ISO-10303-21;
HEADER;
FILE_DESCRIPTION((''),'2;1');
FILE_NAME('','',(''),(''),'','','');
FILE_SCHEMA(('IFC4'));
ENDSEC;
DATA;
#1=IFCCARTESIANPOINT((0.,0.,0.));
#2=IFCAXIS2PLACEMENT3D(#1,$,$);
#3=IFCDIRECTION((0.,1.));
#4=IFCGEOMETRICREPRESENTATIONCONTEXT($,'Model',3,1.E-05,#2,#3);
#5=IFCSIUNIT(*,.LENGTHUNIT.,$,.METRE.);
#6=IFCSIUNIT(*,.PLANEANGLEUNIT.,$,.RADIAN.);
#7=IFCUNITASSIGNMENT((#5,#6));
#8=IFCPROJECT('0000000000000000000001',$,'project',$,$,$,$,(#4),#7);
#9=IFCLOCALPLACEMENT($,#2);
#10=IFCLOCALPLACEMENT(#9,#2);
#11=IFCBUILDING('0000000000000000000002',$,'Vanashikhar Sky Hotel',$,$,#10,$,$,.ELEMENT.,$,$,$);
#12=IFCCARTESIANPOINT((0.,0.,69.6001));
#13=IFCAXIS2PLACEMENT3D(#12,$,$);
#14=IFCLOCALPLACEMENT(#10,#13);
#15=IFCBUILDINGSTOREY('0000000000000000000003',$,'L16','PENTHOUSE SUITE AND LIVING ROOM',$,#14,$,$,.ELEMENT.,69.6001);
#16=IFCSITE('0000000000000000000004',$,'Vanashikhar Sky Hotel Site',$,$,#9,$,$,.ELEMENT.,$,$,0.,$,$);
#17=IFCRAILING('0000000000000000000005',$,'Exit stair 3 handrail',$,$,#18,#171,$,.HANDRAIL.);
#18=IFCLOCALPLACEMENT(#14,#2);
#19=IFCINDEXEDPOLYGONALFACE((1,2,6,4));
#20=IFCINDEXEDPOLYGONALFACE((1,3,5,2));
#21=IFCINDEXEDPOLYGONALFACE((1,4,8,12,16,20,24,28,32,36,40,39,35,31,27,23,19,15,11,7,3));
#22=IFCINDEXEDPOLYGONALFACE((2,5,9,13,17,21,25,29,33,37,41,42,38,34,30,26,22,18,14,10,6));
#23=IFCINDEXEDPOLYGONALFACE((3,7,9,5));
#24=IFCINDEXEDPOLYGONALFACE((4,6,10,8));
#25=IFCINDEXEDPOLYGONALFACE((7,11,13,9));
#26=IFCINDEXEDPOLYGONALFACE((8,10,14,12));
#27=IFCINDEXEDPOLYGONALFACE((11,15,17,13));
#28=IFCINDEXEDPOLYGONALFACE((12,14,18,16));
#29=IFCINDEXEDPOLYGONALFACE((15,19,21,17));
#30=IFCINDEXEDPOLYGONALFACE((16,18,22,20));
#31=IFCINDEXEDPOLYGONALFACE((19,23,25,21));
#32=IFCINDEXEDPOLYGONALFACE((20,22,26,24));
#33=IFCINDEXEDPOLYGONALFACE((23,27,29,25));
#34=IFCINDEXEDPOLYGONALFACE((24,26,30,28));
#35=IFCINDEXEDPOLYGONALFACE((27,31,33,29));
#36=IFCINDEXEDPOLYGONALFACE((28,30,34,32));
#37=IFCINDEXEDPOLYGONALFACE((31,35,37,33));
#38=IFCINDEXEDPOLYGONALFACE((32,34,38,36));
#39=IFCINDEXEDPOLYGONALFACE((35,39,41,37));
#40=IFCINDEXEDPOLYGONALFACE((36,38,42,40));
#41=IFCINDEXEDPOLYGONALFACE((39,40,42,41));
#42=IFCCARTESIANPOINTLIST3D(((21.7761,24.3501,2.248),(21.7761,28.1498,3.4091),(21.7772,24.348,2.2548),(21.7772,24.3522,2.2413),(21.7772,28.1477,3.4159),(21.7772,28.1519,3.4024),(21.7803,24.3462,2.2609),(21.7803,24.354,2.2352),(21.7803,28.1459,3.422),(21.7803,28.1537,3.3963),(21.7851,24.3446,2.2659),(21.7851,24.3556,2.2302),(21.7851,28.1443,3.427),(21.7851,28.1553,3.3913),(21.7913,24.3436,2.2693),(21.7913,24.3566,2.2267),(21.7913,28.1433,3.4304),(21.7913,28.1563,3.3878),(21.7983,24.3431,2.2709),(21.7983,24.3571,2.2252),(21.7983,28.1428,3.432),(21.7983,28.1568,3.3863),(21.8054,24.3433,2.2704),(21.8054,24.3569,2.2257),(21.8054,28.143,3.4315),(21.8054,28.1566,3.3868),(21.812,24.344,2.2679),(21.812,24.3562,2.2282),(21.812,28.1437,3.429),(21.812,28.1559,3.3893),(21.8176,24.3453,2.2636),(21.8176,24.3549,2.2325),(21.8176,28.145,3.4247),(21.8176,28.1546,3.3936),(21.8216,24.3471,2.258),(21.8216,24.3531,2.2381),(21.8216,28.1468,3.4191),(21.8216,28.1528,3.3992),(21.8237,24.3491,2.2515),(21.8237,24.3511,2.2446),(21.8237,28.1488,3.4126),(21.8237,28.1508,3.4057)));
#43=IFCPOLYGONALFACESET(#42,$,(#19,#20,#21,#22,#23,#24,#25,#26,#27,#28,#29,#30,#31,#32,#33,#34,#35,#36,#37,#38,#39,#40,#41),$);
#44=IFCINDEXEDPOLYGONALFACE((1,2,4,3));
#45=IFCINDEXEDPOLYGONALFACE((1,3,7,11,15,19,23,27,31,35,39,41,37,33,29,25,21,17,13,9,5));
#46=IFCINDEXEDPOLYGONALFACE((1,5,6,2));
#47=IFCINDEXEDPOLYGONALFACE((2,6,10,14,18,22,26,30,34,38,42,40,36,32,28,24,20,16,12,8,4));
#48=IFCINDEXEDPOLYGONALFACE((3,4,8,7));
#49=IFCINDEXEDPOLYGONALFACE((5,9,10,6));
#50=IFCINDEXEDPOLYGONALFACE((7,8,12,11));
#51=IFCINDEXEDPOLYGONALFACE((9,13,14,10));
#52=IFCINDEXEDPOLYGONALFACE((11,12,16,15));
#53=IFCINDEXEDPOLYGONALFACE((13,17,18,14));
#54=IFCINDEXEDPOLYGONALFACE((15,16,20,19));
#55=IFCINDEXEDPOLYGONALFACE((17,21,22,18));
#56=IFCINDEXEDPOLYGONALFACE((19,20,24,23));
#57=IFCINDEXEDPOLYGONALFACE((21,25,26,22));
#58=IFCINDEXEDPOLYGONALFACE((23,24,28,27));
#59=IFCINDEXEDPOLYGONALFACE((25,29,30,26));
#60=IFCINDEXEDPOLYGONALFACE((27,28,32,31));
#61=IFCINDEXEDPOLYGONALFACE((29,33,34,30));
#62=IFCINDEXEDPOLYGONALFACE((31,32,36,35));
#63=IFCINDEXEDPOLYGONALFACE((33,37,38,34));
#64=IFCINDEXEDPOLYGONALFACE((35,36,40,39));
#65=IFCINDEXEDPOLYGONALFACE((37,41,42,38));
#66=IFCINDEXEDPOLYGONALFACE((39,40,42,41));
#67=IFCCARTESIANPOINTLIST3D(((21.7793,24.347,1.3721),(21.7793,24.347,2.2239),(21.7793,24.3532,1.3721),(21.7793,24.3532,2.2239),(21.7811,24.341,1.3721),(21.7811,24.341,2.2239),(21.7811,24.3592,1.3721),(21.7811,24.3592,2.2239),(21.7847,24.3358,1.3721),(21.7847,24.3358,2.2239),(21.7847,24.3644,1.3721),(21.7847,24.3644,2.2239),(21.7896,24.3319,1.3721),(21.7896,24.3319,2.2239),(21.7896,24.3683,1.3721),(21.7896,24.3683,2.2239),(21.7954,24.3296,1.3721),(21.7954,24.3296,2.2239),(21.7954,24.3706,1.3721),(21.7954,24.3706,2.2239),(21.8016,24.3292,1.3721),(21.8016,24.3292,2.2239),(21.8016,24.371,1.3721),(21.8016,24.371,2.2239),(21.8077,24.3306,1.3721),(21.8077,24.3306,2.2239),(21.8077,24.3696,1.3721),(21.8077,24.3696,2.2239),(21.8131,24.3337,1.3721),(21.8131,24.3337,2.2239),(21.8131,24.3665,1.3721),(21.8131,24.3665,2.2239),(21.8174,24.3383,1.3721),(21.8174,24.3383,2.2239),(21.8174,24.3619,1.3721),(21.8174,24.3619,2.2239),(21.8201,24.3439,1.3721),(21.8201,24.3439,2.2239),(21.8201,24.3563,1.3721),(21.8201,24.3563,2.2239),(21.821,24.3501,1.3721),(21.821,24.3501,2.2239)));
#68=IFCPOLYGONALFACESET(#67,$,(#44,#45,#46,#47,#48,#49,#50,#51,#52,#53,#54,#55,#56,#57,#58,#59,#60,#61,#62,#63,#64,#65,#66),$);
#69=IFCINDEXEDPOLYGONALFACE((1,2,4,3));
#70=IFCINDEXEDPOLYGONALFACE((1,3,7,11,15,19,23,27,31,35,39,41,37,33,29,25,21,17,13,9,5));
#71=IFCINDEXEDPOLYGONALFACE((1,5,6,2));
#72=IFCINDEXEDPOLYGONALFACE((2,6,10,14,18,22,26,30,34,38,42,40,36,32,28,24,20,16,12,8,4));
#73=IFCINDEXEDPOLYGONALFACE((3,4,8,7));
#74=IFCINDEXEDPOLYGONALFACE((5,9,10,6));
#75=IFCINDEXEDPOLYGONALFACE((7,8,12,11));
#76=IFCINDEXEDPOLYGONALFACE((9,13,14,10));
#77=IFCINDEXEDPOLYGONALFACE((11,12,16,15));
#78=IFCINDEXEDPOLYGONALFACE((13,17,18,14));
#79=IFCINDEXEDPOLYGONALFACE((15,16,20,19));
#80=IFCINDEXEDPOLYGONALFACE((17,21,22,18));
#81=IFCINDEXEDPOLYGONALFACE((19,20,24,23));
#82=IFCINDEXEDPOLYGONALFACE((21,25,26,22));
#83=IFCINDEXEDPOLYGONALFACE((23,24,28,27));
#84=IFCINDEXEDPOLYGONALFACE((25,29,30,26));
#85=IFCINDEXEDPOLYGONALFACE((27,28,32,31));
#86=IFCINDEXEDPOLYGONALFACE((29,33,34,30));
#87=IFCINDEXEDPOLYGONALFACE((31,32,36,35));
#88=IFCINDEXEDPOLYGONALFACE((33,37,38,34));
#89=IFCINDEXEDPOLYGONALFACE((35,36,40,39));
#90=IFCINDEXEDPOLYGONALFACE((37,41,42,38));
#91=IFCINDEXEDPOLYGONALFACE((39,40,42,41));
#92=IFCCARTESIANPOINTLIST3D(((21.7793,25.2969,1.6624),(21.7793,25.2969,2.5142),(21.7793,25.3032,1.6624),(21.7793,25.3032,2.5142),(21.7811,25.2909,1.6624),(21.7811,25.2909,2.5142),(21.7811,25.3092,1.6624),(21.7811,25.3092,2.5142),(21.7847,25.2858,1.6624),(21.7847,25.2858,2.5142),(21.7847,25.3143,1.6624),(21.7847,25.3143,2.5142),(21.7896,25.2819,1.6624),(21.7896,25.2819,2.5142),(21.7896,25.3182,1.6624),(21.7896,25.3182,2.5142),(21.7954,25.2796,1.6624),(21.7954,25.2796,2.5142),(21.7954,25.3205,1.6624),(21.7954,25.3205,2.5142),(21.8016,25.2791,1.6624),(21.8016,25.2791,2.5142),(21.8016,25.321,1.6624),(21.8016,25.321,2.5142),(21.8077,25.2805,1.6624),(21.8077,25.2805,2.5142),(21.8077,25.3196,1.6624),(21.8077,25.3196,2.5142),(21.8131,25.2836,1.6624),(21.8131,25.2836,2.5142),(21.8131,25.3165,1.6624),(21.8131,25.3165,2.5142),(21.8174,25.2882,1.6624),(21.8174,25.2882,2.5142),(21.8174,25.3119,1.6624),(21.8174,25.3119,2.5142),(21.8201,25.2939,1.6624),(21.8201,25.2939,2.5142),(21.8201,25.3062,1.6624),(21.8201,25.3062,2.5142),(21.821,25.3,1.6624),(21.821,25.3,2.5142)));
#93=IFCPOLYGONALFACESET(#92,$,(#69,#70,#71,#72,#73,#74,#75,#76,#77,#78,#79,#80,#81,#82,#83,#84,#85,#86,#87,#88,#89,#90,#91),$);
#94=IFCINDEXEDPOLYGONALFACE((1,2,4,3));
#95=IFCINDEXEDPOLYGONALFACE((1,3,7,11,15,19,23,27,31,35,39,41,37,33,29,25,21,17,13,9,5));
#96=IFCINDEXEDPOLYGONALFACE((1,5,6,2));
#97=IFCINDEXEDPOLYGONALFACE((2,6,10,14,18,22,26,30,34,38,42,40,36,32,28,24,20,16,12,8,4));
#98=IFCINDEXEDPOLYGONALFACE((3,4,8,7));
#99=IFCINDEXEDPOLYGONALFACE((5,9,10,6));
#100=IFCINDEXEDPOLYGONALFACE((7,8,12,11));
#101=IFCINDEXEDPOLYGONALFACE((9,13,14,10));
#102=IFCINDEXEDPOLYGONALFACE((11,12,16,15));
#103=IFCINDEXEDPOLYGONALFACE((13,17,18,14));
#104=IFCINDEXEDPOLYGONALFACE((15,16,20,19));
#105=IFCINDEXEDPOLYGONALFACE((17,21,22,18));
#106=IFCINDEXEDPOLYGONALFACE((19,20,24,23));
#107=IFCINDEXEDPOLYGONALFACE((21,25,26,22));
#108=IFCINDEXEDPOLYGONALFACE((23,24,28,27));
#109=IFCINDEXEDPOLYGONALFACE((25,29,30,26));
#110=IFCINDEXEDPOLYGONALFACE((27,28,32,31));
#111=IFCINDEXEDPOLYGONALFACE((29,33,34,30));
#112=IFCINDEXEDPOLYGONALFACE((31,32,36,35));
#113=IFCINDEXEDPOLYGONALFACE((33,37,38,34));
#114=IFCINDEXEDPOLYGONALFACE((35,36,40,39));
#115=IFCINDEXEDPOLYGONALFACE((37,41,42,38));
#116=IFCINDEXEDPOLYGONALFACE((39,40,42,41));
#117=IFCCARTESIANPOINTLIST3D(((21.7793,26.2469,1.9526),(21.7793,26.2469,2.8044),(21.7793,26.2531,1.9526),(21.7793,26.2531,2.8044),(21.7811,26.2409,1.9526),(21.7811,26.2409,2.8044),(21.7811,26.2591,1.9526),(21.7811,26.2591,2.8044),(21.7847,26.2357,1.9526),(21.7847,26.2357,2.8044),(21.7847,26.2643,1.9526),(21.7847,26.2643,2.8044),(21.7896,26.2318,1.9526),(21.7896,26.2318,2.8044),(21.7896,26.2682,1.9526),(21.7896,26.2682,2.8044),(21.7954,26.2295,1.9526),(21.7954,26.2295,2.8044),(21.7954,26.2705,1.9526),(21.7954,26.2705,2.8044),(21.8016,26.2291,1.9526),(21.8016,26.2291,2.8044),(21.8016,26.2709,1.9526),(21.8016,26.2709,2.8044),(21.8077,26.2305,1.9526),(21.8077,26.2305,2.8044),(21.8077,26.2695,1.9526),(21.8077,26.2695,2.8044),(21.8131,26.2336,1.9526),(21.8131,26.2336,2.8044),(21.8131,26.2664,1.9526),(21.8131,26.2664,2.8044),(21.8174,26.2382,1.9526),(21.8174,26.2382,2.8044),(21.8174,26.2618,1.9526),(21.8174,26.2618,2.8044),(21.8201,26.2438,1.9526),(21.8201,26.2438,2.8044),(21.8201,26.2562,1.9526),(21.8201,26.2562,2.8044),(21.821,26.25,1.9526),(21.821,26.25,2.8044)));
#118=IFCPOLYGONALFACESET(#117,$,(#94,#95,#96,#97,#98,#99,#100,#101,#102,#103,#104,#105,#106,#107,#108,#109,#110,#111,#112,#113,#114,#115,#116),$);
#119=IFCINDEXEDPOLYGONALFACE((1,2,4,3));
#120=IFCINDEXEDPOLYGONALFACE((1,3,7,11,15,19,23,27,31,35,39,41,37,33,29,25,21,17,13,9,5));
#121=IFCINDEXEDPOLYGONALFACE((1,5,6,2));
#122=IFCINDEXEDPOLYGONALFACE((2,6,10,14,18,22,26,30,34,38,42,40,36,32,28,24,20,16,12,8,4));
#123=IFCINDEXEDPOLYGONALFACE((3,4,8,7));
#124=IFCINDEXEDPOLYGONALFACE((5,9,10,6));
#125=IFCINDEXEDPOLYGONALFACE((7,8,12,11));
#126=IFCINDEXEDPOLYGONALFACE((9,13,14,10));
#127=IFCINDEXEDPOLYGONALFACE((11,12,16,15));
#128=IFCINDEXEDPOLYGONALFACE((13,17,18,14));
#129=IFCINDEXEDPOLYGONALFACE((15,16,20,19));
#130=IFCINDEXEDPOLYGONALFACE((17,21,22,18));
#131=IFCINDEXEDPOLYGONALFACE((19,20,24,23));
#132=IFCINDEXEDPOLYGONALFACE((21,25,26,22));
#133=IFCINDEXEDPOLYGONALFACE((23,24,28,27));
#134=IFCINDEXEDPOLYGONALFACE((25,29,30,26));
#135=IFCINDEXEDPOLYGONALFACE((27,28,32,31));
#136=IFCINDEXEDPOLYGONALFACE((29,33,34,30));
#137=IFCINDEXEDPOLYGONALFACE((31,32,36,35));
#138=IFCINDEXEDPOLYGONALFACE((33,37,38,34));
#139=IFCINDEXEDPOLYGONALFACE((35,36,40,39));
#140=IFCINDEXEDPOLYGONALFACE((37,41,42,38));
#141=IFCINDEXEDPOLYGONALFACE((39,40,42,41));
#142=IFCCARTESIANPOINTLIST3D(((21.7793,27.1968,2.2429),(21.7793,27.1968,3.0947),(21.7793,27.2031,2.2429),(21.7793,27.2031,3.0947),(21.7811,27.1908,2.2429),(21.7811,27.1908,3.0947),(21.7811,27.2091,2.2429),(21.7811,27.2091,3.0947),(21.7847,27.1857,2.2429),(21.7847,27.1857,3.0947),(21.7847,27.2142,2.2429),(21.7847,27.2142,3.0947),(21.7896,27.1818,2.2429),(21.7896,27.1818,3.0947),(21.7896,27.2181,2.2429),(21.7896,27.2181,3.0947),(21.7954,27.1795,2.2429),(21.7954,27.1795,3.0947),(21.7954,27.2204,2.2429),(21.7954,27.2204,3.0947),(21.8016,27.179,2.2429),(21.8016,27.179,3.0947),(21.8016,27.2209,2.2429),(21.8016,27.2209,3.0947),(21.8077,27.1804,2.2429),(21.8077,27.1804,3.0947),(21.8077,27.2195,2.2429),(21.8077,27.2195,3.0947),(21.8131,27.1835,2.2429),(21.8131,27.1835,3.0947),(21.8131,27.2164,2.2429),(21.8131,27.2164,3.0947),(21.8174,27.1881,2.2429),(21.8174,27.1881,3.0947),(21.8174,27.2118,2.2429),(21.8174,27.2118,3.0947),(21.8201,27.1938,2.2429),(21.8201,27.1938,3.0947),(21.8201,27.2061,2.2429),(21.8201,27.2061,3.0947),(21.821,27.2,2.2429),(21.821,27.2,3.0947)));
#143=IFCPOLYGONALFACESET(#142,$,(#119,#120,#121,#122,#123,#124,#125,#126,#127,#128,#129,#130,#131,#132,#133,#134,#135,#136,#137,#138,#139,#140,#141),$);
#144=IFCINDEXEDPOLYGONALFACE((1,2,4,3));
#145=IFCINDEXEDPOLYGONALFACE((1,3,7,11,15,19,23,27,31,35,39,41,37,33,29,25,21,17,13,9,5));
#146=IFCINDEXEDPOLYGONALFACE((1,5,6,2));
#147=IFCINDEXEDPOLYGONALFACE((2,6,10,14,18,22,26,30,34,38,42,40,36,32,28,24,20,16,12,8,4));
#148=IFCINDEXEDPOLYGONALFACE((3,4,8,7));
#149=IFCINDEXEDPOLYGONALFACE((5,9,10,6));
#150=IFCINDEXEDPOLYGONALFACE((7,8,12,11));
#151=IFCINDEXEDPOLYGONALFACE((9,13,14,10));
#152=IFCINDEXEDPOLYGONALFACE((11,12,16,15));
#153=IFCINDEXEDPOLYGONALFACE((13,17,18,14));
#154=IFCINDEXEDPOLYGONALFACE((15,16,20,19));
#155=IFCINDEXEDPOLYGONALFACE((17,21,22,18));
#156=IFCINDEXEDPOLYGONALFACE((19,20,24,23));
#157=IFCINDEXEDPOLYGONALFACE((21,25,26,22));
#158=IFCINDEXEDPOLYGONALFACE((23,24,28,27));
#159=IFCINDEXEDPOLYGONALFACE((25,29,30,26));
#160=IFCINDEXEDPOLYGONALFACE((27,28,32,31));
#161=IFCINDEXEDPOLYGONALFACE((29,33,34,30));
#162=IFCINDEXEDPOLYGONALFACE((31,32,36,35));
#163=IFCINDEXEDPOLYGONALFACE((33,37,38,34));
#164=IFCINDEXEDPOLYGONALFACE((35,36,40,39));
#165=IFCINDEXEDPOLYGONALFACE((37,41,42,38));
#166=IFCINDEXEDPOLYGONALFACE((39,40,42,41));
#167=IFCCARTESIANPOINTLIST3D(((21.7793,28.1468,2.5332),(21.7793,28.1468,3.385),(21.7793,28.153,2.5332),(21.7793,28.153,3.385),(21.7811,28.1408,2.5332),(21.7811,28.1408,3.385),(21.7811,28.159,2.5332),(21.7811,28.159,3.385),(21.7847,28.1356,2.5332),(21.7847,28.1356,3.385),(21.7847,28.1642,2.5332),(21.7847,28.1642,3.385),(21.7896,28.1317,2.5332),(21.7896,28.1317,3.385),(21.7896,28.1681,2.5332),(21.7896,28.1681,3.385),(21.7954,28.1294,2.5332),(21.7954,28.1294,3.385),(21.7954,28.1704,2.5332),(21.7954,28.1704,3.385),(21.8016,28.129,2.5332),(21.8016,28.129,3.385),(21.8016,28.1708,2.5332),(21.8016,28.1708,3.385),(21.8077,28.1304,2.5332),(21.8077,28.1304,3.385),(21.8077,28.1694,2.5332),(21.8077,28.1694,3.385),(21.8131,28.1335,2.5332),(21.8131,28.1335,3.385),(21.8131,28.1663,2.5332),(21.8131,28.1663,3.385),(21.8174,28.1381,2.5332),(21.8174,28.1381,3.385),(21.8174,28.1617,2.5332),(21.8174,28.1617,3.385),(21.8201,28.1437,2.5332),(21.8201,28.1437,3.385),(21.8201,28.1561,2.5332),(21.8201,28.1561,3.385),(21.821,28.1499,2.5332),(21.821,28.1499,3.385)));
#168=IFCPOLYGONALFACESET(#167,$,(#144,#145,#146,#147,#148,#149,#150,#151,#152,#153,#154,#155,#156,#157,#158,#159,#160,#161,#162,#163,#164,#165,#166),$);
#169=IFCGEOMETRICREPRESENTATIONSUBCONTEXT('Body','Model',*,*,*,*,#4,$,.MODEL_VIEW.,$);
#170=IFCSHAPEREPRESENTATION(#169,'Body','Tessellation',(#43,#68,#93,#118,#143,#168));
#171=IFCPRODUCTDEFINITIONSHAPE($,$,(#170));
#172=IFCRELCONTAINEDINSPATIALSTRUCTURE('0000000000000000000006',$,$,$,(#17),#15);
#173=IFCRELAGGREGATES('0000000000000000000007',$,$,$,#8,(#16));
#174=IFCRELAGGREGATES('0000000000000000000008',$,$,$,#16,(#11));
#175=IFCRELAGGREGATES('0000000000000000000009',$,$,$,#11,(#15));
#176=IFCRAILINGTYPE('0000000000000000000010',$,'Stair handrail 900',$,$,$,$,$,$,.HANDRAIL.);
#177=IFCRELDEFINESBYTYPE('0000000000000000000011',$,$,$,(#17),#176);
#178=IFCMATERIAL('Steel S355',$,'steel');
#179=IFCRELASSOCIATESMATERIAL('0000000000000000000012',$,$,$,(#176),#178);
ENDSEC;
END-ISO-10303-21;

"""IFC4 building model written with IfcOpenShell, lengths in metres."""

from ifc_helpers import new_model, si_unit, direction, frame, origin, origin_2d, place, context, subcontext, project, spatial, circle, extrude, source, transform, mapped, material, type_object, element, save


model = new_model("IFC4")

# Units and contexts
model_context = context("Model", 3, precision=1e-05, world=origin(), true_north=direction((0.0, 1.0)))
body_context = subcontext(model_context, "Body", "Model", "MODEL_VIEW")
ifc_project = project(units=[si_unit("LENGTHUNIT", "METRE"), si_unit("PLANEANGLEUNIT", "RADIAN")], contexts=[model_context])

# Site, building, storey
site_placement = place(None, origin())
site = spatial("IfcSite", under=ifc_project, at=site_placement, Name="Vanashikhar Sky Hotel Site", CompositionType="ELEMENT", RefElevation=0.0)
building_placement = place(site_placement, origin())
building = spatial("IfcBuilding", under=site, at=building_placement, Name="Vanashikhar Sky Hotel", CompositionType="ELEMENT")
storey_placement = place(building_placement, frame((0.0, 0.0, 69.6001)))
storey = spatial("IfcBuildingStorey", under=building, at=storey_placement, Name="L16", Description="PENTHOUSE SUITE AND LIVING ROOM", CompositionType="ELEMENT", Elevation=69.6001)

# Railing
ifc_material_1 = material(Name="Steel S355", Category="steel")
railing_type = type_object("IfcRailingType", Name="Stair handrail 900", PredefinedType="HANDRAIL", material=ifc_material_1)
shared_shape_1 = source(origin(), body_context, "Body", "SweptSolid", [
    extrude(circle(Radius=0.0239, at=origin_2d()), frame((0.0, 0.0, 0.876), z_axis=(0.0, 0.956346, 0.292237), x_axis=(-1.0, 0.0, 0.0)), (0.0, 0.0, 1.0), 3.9731),
    extrude(circle(Radius=0.021, at=origin_2d()), origin(), (0.0, 0.0, 1.0), 0.8518),
    extrude(circle(Radius=0.021, at=origin_2d()), frame((0.0, 0.95, 0.2903)), (0.0, 0.0, 1.0), 0.8518),
    extrude(circle(Radius=0.021, at=origin_2d()), frame((0.0, 1.8999, 0.5806)), (0.0, 0.0, 1.0), 0.8518),
    extrude(circle(Radius=0.021, at=origin_2d()), frame((0.0, 2.8499, 0.8708)), (0.0, 0.0, 1.0), 0.8518),
    extrude(circle(Radius=0.021, at=origin_2d()), frame((0.0, 3.7998, 1.1611)), (0.0, 0.0, 1.0), 0.8518),
])
railing_placement = place(storey_placement, frame((21.8, 24.3501, 1.3721)))
element("IfcRailing", 1, at=railing_placement, inside=storey, type_object=railing_type, Name="Exit stair 3 handrail", PredefinedType="HANDRAIL", context=body_context, shape_type="MappedRepresentation", body=[
    mapped(shared_shape_1, transform((0.0, 0.0, 0.0), scale=1.0)),
])

save(model, "model.ifc")
